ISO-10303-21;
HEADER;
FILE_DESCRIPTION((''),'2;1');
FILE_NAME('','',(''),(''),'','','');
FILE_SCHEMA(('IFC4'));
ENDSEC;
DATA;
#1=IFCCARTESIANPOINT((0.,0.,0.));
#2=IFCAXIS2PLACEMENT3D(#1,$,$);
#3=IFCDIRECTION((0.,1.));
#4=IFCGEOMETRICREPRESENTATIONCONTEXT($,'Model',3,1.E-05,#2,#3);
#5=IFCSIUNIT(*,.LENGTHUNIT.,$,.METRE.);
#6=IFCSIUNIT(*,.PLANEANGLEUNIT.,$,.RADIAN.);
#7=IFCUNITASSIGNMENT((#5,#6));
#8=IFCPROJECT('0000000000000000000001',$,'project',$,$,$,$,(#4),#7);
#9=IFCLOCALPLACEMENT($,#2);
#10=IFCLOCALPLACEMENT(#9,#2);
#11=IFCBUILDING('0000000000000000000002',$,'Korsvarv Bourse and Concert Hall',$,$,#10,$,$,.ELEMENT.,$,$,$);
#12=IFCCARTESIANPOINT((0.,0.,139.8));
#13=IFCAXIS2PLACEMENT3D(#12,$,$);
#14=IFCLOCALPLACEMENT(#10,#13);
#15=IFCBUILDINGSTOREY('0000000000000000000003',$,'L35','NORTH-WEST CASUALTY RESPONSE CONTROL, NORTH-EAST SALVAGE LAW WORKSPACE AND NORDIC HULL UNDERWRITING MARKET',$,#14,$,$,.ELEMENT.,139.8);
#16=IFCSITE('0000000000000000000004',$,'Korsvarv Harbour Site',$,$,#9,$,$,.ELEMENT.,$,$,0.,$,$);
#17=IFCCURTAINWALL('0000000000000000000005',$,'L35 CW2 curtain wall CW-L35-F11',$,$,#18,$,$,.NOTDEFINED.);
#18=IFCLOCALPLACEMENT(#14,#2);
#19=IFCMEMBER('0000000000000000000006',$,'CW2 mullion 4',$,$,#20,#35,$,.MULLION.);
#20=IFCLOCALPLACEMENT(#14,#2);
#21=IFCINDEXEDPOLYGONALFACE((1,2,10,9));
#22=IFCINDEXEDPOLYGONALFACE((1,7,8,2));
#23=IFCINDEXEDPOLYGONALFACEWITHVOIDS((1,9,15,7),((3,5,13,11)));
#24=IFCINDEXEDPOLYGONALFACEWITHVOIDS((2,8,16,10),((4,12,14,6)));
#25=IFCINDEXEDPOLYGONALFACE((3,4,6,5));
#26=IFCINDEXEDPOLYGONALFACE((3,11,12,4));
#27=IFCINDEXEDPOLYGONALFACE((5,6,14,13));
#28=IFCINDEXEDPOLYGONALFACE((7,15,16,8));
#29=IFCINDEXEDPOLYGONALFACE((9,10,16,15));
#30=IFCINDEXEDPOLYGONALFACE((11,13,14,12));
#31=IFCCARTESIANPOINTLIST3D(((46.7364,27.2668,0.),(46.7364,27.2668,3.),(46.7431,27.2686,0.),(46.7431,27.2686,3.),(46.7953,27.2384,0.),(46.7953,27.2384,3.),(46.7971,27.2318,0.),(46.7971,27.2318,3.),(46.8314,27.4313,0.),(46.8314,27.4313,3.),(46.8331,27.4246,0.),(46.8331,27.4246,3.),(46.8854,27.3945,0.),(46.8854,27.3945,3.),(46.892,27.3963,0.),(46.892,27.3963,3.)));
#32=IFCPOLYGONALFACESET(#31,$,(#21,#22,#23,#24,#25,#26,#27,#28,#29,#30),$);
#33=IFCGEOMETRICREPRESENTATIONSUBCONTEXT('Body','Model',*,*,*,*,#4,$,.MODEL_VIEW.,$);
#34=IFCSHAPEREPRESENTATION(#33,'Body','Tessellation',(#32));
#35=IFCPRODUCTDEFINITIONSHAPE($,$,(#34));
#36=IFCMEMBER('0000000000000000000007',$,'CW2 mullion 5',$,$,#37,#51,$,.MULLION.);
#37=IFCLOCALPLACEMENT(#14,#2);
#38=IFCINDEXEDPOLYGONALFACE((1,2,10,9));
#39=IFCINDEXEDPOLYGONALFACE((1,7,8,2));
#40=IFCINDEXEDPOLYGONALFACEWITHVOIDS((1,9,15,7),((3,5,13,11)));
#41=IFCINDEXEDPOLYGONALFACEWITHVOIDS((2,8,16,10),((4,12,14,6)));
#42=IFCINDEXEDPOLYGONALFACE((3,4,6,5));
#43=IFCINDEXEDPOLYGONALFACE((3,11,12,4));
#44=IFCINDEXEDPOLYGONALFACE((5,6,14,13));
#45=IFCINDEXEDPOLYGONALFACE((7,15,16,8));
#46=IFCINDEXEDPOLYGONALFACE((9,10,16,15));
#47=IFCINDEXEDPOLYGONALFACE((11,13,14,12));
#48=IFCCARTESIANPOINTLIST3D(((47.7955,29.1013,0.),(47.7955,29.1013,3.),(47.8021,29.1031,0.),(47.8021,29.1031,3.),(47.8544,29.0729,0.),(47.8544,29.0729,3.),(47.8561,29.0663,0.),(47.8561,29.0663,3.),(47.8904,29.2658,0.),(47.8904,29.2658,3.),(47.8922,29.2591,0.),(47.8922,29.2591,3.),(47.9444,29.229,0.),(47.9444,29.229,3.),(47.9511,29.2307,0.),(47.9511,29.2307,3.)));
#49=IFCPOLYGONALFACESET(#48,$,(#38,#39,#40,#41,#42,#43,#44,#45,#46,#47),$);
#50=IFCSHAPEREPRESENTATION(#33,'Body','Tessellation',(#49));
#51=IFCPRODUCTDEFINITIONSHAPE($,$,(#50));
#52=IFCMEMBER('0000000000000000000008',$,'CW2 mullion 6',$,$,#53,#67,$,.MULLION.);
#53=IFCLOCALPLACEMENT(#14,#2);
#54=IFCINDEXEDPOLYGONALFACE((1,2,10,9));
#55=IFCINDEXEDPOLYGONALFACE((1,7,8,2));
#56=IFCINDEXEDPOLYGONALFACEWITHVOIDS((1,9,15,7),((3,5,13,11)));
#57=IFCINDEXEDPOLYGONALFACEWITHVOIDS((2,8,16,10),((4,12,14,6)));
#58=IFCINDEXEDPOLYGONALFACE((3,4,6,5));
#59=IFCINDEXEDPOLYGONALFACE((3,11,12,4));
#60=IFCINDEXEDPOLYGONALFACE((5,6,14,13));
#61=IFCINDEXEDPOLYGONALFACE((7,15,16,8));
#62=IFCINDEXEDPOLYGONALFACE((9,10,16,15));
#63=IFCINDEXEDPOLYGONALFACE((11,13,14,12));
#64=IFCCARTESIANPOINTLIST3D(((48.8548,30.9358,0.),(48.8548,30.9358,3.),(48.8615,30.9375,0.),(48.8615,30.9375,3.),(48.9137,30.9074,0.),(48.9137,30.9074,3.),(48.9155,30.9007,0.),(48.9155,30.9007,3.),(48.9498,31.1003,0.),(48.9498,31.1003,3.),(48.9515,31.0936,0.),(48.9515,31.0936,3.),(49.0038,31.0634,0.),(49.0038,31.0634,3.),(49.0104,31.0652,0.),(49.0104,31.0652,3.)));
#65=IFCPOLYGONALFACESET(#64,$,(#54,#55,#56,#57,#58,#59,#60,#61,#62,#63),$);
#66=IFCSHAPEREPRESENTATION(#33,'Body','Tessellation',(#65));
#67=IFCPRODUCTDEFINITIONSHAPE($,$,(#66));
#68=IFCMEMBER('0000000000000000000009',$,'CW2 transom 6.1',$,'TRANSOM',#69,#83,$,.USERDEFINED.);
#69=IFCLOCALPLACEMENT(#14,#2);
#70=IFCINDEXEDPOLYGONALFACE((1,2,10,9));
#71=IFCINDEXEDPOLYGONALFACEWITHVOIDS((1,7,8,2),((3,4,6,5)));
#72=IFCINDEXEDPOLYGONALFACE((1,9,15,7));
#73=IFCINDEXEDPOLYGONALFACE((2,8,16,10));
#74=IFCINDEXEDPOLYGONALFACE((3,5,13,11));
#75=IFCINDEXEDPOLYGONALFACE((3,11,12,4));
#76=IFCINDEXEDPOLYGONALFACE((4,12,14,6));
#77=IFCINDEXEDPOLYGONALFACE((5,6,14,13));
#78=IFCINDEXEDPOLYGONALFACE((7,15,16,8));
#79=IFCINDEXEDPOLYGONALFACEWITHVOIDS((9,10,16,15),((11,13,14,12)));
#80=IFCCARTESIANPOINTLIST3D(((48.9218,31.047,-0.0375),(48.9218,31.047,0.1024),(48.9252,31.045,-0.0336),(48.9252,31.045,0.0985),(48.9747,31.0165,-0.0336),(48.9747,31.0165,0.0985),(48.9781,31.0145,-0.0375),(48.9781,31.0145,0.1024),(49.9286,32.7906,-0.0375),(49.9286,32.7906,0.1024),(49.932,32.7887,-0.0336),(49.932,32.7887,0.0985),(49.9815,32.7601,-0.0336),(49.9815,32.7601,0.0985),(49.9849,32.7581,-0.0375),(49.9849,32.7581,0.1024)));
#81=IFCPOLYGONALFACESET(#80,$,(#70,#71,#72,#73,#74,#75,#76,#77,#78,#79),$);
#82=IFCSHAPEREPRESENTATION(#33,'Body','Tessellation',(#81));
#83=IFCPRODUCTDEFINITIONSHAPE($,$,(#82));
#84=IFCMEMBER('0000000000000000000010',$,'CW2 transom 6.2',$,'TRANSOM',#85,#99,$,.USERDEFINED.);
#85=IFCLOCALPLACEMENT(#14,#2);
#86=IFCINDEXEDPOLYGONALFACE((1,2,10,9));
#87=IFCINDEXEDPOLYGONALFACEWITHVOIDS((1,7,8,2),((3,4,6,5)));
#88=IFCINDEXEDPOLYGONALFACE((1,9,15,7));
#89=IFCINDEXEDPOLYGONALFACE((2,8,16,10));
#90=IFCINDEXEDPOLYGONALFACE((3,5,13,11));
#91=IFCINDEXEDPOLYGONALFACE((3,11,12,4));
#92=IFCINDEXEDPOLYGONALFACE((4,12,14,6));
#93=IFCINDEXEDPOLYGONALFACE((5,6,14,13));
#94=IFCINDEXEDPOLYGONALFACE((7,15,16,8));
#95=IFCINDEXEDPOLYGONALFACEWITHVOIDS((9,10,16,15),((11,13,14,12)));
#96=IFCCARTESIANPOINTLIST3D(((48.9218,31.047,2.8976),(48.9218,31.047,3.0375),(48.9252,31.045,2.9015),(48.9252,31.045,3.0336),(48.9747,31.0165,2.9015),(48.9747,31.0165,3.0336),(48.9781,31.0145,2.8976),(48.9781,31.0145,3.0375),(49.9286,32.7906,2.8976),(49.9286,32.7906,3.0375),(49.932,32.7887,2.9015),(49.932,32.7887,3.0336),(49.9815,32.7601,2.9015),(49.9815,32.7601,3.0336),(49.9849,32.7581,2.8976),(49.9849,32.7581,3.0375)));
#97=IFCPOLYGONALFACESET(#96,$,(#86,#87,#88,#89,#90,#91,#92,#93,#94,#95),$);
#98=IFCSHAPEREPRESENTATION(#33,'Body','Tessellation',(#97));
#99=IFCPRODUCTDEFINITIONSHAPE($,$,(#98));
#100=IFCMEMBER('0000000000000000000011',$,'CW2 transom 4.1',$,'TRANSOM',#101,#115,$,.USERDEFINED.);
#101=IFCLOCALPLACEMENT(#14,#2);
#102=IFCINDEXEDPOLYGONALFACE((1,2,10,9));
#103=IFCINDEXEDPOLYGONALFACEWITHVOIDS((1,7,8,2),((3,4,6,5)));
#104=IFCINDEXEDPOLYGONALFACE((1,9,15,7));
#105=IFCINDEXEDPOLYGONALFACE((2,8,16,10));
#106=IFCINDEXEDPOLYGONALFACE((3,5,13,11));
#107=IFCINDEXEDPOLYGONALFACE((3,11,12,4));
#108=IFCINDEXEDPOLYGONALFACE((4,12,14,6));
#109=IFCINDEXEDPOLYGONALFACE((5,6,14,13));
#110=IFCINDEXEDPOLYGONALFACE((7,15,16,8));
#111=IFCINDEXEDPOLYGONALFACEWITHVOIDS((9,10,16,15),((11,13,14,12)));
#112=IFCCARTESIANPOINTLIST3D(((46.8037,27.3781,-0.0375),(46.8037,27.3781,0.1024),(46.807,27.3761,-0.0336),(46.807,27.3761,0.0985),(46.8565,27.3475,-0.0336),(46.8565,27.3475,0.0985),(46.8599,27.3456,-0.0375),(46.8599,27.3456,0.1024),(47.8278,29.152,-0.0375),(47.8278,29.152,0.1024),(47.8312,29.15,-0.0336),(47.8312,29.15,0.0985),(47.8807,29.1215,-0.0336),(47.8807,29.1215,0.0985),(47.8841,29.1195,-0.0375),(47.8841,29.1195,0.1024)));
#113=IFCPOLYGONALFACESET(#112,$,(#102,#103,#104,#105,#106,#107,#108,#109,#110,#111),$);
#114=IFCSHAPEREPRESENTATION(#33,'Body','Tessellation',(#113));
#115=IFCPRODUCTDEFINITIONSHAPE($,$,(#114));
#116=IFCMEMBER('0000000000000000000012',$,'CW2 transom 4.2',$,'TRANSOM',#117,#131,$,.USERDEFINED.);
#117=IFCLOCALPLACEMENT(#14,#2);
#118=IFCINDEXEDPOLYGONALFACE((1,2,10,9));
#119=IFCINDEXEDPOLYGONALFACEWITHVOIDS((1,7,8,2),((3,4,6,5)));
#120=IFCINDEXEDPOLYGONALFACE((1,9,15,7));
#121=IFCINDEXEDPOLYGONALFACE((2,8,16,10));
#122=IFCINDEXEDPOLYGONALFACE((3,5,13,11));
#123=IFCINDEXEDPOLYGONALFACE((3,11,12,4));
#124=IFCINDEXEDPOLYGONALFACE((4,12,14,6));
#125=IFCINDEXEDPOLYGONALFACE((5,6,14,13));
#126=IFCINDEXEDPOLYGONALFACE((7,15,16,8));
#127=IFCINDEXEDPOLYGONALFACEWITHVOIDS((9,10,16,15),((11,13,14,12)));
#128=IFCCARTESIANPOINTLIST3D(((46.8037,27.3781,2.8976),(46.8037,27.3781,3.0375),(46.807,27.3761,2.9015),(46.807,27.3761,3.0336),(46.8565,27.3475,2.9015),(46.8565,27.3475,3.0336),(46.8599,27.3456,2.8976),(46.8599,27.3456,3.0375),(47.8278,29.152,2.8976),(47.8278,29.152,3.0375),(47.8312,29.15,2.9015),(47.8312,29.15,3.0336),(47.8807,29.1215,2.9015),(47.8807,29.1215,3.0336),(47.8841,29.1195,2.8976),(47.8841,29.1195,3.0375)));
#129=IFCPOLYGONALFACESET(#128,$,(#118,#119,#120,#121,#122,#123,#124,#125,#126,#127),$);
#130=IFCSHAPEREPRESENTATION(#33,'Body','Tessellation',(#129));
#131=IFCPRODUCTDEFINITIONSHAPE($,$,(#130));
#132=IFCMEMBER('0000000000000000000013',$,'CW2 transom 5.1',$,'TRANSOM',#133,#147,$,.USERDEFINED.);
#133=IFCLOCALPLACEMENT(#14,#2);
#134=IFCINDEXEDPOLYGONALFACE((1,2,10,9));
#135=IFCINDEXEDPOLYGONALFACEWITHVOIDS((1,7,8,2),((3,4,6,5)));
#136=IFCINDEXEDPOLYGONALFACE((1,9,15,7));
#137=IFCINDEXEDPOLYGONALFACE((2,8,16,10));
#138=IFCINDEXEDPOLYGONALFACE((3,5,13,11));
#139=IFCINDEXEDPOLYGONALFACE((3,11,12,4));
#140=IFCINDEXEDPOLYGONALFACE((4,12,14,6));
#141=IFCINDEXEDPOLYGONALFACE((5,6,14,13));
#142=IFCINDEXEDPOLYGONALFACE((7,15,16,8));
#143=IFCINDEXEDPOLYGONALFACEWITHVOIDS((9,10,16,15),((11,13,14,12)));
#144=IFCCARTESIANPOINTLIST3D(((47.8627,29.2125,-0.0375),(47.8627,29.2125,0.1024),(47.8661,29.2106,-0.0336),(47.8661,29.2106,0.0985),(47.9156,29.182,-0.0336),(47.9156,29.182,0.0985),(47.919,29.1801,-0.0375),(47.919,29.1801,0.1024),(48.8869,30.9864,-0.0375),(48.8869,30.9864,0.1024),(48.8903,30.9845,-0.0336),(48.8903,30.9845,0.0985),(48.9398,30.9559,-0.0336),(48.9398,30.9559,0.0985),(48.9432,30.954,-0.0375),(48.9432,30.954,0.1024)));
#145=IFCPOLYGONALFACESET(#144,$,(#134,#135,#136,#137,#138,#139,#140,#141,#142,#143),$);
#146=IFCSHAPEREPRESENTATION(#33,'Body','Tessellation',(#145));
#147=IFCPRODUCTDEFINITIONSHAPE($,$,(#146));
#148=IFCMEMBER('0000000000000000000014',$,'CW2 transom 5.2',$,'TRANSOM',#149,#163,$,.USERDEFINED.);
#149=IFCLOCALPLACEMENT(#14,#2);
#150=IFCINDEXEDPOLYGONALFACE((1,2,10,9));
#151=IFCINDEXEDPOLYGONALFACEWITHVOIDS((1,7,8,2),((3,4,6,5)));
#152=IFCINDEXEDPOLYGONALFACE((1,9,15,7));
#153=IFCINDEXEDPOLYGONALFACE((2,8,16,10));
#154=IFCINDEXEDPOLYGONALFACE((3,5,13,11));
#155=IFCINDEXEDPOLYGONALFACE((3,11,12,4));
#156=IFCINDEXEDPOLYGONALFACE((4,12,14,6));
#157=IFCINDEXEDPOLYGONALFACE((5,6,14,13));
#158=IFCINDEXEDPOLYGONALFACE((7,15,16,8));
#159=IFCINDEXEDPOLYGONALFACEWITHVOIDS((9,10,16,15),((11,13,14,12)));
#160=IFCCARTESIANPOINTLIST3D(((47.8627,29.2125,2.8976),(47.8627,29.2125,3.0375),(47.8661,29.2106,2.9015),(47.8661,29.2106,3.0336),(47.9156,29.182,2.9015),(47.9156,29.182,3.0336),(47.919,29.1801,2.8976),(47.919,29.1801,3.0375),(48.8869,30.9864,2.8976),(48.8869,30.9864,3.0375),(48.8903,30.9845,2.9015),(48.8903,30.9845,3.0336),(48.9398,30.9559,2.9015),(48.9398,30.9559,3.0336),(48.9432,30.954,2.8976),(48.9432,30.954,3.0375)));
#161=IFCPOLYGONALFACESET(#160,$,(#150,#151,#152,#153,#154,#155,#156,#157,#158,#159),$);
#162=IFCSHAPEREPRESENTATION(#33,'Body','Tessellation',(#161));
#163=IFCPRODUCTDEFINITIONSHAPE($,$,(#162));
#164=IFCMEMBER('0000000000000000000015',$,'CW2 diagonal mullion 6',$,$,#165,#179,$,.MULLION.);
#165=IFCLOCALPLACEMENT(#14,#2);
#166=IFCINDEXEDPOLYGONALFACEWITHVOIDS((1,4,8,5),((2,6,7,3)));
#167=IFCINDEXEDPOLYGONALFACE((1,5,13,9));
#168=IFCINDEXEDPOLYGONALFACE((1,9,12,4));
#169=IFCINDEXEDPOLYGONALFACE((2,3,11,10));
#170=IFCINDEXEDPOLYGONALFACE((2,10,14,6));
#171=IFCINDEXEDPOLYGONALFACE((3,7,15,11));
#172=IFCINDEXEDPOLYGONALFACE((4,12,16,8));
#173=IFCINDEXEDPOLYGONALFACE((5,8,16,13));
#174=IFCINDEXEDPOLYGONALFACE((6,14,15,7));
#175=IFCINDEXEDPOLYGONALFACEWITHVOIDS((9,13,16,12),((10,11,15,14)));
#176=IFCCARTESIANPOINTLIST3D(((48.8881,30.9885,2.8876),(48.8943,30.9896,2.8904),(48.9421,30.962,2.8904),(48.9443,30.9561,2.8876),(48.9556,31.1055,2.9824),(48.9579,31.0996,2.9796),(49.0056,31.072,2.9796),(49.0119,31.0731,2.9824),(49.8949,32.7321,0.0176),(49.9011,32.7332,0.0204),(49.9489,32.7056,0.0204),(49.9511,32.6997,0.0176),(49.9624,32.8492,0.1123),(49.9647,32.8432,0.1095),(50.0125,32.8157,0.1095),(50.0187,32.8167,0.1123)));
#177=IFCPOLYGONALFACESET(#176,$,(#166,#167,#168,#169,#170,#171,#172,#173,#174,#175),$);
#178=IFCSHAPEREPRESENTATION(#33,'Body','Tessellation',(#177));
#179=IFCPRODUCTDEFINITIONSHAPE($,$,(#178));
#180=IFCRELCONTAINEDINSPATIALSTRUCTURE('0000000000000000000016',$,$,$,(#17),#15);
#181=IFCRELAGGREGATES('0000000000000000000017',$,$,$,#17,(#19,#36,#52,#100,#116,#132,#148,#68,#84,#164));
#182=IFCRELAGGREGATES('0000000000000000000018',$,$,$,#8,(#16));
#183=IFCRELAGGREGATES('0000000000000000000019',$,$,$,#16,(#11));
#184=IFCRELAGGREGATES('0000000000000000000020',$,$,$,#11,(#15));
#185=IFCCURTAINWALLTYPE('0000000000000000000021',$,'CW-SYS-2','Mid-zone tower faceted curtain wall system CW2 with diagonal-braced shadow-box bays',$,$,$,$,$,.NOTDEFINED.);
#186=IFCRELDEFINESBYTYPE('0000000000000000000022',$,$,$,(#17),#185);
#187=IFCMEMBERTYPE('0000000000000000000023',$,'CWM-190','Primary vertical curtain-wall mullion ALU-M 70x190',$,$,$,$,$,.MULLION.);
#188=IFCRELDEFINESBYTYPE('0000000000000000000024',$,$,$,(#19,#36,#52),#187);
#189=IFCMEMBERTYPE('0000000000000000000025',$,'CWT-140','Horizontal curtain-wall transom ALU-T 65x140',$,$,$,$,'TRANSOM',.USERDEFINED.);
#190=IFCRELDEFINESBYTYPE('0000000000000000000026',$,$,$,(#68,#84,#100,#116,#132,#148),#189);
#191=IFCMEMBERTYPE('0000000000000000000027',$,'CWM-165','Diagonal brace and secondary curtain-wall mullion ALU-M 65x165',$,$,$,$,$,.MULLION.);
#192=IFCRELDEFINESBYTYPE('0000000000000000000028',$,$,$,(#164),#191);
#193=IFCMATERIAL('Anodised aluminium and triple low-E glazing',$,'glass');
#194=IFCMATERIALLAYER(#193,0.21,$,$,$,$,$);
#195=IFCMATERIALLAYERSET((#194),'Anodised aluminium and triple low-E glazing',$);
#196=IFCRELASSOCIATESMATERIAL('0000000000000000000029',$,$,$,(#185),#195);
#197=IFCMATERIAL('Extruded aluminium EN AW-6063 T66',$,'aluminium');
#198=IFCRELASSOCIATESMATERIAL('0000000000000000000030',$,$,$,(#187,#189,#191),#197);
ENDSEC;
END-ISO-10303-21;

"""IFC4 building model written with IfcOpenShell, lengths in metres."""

from ifc_helpers import new_model, si_unit, direction, frame, origin, origin_2d, place, context, subcontext, project, spatial, hollow_rectangle, extrude, source, transform, mapped, material, layer, layer_set, material_profile, profile_set, type_object, element, aggregate, save


model = new_model("IFC4")

# Units and contexts
model_context = context("Model", 3, precision=1e-05, world=origin(), true_north=direction((0.0, 1.0)))
body_context = subcontext(model_context, "Body", "Model", "MODEL_VIEW")
ifc_project = project(units=[si_unit("LENGTHUNIT", "METRE"), si_unit("PLANEANGLEUNIT", "RADIAN")], contexts=[model_context])

# Site, building, storey
site_placement = place(None, origin())
site = spatial("IfcSite", under=ifc_project, at=site_placement, Name="Korsvarv Harbour Site", CompositionType="ELEMENT", RefElevation=0.0)
building_placement = place(site_placement, origin())
building = spatial("IfcBuilding", under=site, at=building_placement, Name="Korsvarv Bourse and Concert Hall", CompositionType="ELEMENT")
storey_placement = place(building_placement, frame((0.0, 0.0, 139.8)))
storey = spatial("IfcBuildingStorey", under=building, at=storey_placement, Name="L35", Description="NORTH-WEST CASUALTY RESPONSE CONTROL, NORTH-EAST SALVAGE LAW WORKSPACE AND NORDIC HULL UNDERWRITING MARKET", CompositionType="ELEMENT", Elevation=139.8)

# Curtain wall, members
ifc_material_1 = material(Name="Anodised aluminium and triple low-E glazing", Category="glass")
ifc_layer_1 = layer(ifc_material_1, 0.21)
ifc_layer_set_1 = layer_set([ifc_layer_1], Name="Anodised aluminium and triple low-E glazing")
curtain_wall_type = type_object("IfcCurtainWallType", Name="CW-SYS-2", Description="Mid-zone tower faceted curtain wall system CW2 with diagonal-braced shadow-box bays", PredefinedType="NOTDEFINED", material=ifc_layer_set_1)
curtain_wall_placement = place(storey_placement, origin())
curtain_wall = element("IfcCurtainWall", 1, at=curtain_wall_placement, inside=storey, type_object=curtain_wall_type, Name="L35 CW2 curtain wall CW-L35-F11", PredefinedType="NOTDEFINED")
ifc_material_2 = material(Name="Extruded aluminium EN AW-6063 T66", Category="aluminium")
ifc_material_profile_1 = material_profile(ifc_material_2, hollow_rectangle(XDim=0.0701, YDim=0.1899, WallThickness=0.0049, at=origin_2d()), Name="ALU-M 70x190")
ifc_profile_set_1 = profile_set([ifc_material_profile_1], Name="Extruded aluminium EN AW-6063 T66")
member_type_1 = type_object("IfcMemberType", Name="CWM-190", Description="Primary vertical curtain-wall mullion ALU-M 70x190", PredefinedType="MULLION", material=ifc_profile_set_1)
shared_shape_1 = source(origin(), body_context, "Body", "SweptSolid", [
    extrude(hollow_rectangle(XDim=0.0701, YDim=0.1899, WallThickness=0.0049, at=origin_2d()), origin(), (0.0, 0.0, 1.0), 3.0),
])
member_1_placement = place(storey_placement, frame((46.8142, 27.3315, 0.0), z_axis=(0.0, 0.0, 1.0), x_axis=(-0.866025, 0.5, 0.0)))
member_1 = element("IfcMember", 2, at=member_1_placement, type_object=member_type_1, Name="CW2 mullion 4", PredefinedType="MULLION", context=body_context, shape_type="MappedRepresentation", body=[
    mapped(shared_shape_1, transform((0.0, 0.0, 0.0), scale=1.0)),
])
member_2_placement = place(storey_placement, frame((47.8733, 29.166, 0.0), z_axis=(0.0, 0.0, 1.0), x_axis=(-0.866025, 0.5, 0.0)))
member_2 = element("IfcMember", 3, at=member_2_placement, type_object=member_type_1, Name="CW2 mullion 5", PredefinedType="MULLION", context=body_context, shape_type="MappedRepresentation", body=[
    mapped(shared_shape_1, transform((0.0, 0.0, 0.0), scale=1.0)),
])
member_3_placement = place(storey_placement, frame((48.9326, 31.0005, 0.0), z_axis=(0.0, 0.0, 1.0), x_axis=(-0.866025, 0.5, 0.0)))
member_3 = element("IfcMember", 4, at=member_3_placement, type_object=member_type_1, Name="CW2 mullion 6", PredefinedType="MULLION", context=body_context, shape_type="MappedRepresentation", body=[
    mapped(shared_shape_1, transform((0.0, 0.0, 0.0), scale=1.0)),
])
ifc_material_profile_2 = material_profile(ifc_material_2, hollow_rectangle(XDim=0.0649, YDim=0.1399, WallThickness=0.0039, at=origin_2d()), Name="ALU-T 65x140")
ifc_profile_set_2 = profile_set([ifc_material_profile_2], Name="Extruded aluminium EN AW-6063 T66")
member_type_2 = type_object("IfcMemberType", Name="CWT-140", Description="Horizontal curtain-wall transom ALU-T 65x140", ElementType="TRANSOM", PredefinedType="USERDEFINED", material=ifc_profile_set_2)
shared_shape_2 = source(origin(), body_context, "Body", "SweptSolid", [
    extrude(hollow_rectangle(XDim=0.0649, YDim=0.1399, WallThickness=0.0039, at=origin_2d()), origin(), (0.0, 0.0, 1.0), 2.0134),
])
member_4_placement = place(storey_placement, frame((48.95, 31.0308, 0.0325), z_axis=(0.500051, 0.865996, 0.0), x_axis=(-0.865996, 0.500051, 0.0)))
member_4 = element("IfcMember", 5, at=member_4_placement, type_object=member_type_2, Name="CW2 transom 6.1", ObjectType="TRANSOM", PredefinedType="USERDEFINED", context=body_context, shape_type="MappedRepresentation", body=[
    mapped(shared_shape_2, transform((0.0, 0.0, 0.0), scale=1.0)),
])
member_5_placement = place(storey_placement, frame((48.95, 31.0308, 2.9675), z_axis=(0.500051, 0.865996, 0.0), x_axis=(-0.865996, 0.500051, 0.0)))
member_5 = element("IfcMember", 6, at=member_5_placement, type_object=member_type_2, Name="CW2 transom 6.2", ObjectType="TRANSOM", PredefinedType="USERDEFINED", context=body_context, shape_type="MappedRepresentation", body=[
    mapped(shared_shape_2, transform((0.0, 0.0, 0.0), scale=1.0)),
])
shared_shape_3 = source(origin(), body_context, "Body", "SweptSolid", [
    extrude(hollow_rectangle(XDim=0.0649, YDim=0.1399, WallThickness=0.0039, at=origin_2d()), origin(), (0.0, 0.0, 1.0), 2.0483),
])
member_6_placement = place(storey_placement, frame((46.8318, 27.3618, 0.0325), z_axis=(0.499998, 0.866027, 0.0), x_axis=(-0.866027, 0.499998, 0.0)))
member_6 = element("IfcMember", 7, at=member_6_placement, type_object=member_type_2, Name="CW2 transom 4.1", ObjectType="TRANSOM", PredefinedType="USERDEFINED", context=body_context, shape_type="MappedRepresentation", body=[
    mapped(shared_shape_3, transform((0.0, 0.0, 0.0), scale=1.0)),
])
member_7_placement = place(storey_placement, frame((46.8318, 27.3618, 2.9675), z_axis=(0.499998, 0.866027, 0.0), x_axis=(-0.866027, 0.499998, 0.0)))
member_7 = element("IfcMember", 8, at=member_7_placement, type_object=member_type_2, Name="CW2 transom 4.2", ObjectType="TRANSOM", PredefinedType="USERDEFINED", context=body_context, shape_type="MappedRepresentation", body=[
    mapped(shared_shape_3, transform((0.0, 0.0, 0.0), scale=1.0)),
])
member_8_placement = place(storey_placement, frame((47.8909, 29.1963, 0.0325), z_axis=(0.499998, 0.866027, 0.0), x_axis=(-0.866027, 0.499998, 0.0)))
member_8 = element("IfcMember", 9, at=member_8_placement, type_object=member_type_2, Name="CW2 transom 5.1", ObjectType="TRANSOM", PredefinedType="USERDEFINED", context=body_context, shape_type="MappedRepresentation", body=[
    mapped(shared_shape_3, transform((0.0, 0.0, 0.0), scale=1.0)),
])
member_9_placement = place(storey_placement, frame((47.8909, 29.1963, 2.9675), z_axis=(0.499998, 0.866027, 0.0), x_axis=(-0.866027, 0.499998, 0.0)))
member_9 = element("IfcMember", 10, at=member_9_placement, type_object=member_type_2, Name="CW2 transom 5.2", ObjectType="TRANSOM", PredefinedType="USERDEFINED", context=body_context, shape_type="MappedRepresentation", body=[
    mapped(shared_shape_3, transform((0.0, 0.0, 0.0), scale=1.0)),
])
ifc_material_profile_3 = material_profile(ifc_material_2, hollow_rectangle(XDim=0.0649, YDim=0.165, WallThickness=0.0049, at=origin_2d()), Name="ALU-M 65x165")
ifc_profile_set_3 = profile_set([ifc_material_profile_3], Name="Extruded aluminium EN AW-6063 T66")
member_type_3 = type_object("IfcMemberType", Name="CWM-165", Description="Diagonal brace and secondary curtain-wall mullion ALU-M 65x165", PredefinedType="MULLION", material=ifc_profile_set_3)
shared_shape_4 = source(origin(), body_context, "Body", "SweptSolid", [
    extrude(hollow_rectangle(XDim=0.0649, YDim=0.165, WallThickness=0.0049, at=origin_2d()), origin(), (0.0, 0.0, 1.0), 3.5059),
])
member_10_placement = place(storey_placement, frame((49.9568, 32.7744, 0.0649), z_axis=(-0.28718, -0.497342, 0.818644), x_axis=(0.865996, -0.500051, 0.0)))
member_10 = element("IfcMember", 11, at=member_10_placement, type_object=member_type_3, Name="CW2 diagonal mullion 6", PredefinedType="MULLION", context=body_context, shape_type="MappedRepresentation", body=[
    mapped(shared_shape_4, transform((0.0, 0.0, 0.0), scale=1.0)),
])
aggregate(curtain_wall, [member_1, member_2, member_3, member_6, member_7, member_8, member_9, member_4, member_5, member_10])

save(model, "model.ifc")
